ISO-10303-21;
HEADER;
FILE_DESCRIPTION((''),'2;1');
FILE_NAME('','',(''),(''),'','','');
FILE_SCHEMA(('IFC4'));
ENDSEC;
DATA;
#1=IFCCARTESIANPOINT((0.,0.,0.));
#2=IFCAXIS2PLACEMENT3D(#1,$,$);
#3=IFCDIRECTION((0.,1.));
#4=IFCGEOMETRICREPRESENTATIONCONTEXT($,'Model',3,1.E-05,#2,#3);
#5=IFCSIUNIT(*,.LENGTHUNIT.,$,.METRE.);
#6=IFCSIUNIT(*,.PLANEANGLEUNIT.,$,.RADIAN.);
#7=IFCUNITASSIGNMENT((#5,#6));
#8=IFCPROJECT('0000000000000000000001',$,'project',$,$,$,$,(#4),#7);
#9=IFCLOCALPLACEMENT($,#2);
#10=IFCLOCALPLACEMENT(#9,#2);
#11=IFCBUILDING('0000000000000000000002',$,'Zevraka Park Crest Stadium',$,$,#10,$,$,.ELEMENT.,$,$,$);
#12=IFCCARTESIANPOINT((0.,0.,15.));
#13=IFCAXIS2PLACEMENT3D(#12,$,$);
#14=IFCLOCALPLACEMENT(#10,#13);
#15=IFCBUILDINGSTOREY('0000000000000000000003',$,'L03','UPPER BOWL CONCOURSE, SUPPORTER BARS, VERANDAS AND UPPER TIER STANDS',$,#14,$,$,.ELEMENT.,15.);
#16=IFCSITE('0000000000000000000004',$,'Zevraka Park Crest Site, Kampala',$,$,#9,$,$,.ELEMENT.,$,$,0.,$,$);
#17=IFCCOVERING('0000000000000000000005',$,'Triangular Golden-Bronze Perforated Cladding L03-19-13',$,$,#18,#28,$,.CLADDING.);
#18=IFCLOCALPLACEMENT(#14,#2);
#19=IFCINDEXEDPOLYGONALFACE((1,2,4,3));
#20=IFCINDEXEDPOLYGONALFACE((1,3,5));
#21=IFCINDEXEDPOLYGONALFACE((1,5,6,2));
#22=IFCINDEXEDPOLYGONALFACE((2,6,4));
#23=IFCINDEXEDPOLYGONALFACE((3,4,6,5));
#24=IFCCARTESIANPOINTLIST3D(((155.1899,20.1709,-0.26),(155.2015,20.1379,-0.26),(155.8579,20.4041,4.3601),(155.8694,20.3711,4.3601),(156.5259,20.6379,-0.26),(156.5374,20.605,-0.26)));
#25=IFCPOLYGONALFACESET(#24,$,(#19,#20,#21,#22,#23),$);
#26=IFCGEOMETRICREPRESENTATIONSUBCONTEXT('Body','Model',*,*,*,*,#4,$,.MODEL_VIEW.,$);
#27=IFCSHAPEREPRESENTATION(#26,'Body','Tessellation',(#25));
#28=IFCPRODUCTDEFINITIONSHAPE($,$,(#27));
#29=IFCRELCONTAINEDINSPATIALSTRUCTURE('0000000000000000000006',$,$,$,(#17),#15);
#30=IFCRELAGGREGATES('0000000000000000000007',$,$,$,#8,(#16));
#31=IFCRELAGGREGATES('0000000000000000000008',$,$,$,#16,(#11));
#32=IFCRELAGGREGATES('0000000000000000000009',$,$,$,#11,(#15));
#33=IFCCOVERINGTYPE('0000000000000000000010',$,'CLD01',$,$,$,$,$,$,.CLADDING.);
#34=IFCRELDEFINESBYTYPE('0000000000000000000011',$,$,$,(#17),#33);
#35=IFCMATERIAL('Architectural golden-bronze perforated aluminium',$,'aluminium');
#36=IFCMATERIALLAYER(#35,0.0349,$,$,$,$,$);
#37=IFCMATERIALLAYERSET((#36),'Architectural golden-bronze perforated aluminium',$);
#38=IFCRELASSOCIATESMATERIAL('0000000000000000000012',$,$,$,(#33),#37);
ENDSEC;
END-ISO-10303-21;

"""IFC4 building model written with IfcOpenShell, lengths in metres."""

from ifc_helpers import new_model, si_unit, direction, frame, origin, place, context, subcontext, project, spatial, polyline, outline, extrude, material, layer, layer_set, type_object, element, save


model = new_model("IFC4")

# Units and contexts
model_context = context("Model", 3, precision=1e-05, world=origin(), true_north=direction((0.0, 1.0)))
body_context = subcontext(model_context, "Body", "Model", "MODEL_VIEW")
ifc_project = project(units=[si_unit("LENGTHUNIT", "METRE"), si_unit("PLANEANGLEUNIT", "RADIAN")], contexts=[model_context])

# Site, building, storey
site_placement = place(None, origin())
site = spatial("IfcSite", under=ifc_project, at=site_placement, Name="Zevraka Park Crest Site, Kampala", CompositionType="ELEMENT", RefElevation=0.0)
building_placement = place(site_placement, origin())
building = spatial("IfcBuilding", under=site, at=building_placement, Name="Zevraka Park Crest Stadium", CompositionType="ELEMENT")
storey_placement = place(building_placement, frame((0.0, 0.0, 15.0)))
storey = spatial("IfcBuildingStorey", under=building, at=storey_placement, Name="L03", Description="UPPER BOWL CONCOURSE, SUPPORTER BARS, VERANDAS AND UPPER TIER STANDS", CompositionType="ELEMENT", Elevation=15.0)

# Covering
ifc_material_1 = material(Name="Architectural golden-bronze perforated aluminium", Category="aluminium")
ifc_layer_1 = layer(ifc_material_1, 0.0349)
ifc_layer_set_1 = layer_set([ifc_layer_1], Name="Architectural golden-bronze perforated aluminium")
covering_type = type_object("IfcCoveringType", Name="CLD01", PredefinedType="CLADDING", material=ifc_layer_set_1)
covering_1_placement = place(storey_placement, frame((155.1899, 20.1709, -0.26), z_axis=(-0.330012, 0.943977, 0.000075), x_axis=(0.943977, 0.330012, 0.0)))
element("IfcCovering", 1, at=covering_1_placement, inside=storey, type_object=covering_type, Name="Triangular Golden-Bronze Perforated Cladding L03-19-13", PredefinedType="CLADDING", context=body_context, shape_type="SweptSolid", body=[
    extrude(outline(polyline([(0.0, 0.0), (1.4152, 0.0), (0.7075, -4.6201), (0.0, 0.0)])), origin(), (0.0, 0.0, -1.0), 0.0349),
])

save(model, "model.ifc")
